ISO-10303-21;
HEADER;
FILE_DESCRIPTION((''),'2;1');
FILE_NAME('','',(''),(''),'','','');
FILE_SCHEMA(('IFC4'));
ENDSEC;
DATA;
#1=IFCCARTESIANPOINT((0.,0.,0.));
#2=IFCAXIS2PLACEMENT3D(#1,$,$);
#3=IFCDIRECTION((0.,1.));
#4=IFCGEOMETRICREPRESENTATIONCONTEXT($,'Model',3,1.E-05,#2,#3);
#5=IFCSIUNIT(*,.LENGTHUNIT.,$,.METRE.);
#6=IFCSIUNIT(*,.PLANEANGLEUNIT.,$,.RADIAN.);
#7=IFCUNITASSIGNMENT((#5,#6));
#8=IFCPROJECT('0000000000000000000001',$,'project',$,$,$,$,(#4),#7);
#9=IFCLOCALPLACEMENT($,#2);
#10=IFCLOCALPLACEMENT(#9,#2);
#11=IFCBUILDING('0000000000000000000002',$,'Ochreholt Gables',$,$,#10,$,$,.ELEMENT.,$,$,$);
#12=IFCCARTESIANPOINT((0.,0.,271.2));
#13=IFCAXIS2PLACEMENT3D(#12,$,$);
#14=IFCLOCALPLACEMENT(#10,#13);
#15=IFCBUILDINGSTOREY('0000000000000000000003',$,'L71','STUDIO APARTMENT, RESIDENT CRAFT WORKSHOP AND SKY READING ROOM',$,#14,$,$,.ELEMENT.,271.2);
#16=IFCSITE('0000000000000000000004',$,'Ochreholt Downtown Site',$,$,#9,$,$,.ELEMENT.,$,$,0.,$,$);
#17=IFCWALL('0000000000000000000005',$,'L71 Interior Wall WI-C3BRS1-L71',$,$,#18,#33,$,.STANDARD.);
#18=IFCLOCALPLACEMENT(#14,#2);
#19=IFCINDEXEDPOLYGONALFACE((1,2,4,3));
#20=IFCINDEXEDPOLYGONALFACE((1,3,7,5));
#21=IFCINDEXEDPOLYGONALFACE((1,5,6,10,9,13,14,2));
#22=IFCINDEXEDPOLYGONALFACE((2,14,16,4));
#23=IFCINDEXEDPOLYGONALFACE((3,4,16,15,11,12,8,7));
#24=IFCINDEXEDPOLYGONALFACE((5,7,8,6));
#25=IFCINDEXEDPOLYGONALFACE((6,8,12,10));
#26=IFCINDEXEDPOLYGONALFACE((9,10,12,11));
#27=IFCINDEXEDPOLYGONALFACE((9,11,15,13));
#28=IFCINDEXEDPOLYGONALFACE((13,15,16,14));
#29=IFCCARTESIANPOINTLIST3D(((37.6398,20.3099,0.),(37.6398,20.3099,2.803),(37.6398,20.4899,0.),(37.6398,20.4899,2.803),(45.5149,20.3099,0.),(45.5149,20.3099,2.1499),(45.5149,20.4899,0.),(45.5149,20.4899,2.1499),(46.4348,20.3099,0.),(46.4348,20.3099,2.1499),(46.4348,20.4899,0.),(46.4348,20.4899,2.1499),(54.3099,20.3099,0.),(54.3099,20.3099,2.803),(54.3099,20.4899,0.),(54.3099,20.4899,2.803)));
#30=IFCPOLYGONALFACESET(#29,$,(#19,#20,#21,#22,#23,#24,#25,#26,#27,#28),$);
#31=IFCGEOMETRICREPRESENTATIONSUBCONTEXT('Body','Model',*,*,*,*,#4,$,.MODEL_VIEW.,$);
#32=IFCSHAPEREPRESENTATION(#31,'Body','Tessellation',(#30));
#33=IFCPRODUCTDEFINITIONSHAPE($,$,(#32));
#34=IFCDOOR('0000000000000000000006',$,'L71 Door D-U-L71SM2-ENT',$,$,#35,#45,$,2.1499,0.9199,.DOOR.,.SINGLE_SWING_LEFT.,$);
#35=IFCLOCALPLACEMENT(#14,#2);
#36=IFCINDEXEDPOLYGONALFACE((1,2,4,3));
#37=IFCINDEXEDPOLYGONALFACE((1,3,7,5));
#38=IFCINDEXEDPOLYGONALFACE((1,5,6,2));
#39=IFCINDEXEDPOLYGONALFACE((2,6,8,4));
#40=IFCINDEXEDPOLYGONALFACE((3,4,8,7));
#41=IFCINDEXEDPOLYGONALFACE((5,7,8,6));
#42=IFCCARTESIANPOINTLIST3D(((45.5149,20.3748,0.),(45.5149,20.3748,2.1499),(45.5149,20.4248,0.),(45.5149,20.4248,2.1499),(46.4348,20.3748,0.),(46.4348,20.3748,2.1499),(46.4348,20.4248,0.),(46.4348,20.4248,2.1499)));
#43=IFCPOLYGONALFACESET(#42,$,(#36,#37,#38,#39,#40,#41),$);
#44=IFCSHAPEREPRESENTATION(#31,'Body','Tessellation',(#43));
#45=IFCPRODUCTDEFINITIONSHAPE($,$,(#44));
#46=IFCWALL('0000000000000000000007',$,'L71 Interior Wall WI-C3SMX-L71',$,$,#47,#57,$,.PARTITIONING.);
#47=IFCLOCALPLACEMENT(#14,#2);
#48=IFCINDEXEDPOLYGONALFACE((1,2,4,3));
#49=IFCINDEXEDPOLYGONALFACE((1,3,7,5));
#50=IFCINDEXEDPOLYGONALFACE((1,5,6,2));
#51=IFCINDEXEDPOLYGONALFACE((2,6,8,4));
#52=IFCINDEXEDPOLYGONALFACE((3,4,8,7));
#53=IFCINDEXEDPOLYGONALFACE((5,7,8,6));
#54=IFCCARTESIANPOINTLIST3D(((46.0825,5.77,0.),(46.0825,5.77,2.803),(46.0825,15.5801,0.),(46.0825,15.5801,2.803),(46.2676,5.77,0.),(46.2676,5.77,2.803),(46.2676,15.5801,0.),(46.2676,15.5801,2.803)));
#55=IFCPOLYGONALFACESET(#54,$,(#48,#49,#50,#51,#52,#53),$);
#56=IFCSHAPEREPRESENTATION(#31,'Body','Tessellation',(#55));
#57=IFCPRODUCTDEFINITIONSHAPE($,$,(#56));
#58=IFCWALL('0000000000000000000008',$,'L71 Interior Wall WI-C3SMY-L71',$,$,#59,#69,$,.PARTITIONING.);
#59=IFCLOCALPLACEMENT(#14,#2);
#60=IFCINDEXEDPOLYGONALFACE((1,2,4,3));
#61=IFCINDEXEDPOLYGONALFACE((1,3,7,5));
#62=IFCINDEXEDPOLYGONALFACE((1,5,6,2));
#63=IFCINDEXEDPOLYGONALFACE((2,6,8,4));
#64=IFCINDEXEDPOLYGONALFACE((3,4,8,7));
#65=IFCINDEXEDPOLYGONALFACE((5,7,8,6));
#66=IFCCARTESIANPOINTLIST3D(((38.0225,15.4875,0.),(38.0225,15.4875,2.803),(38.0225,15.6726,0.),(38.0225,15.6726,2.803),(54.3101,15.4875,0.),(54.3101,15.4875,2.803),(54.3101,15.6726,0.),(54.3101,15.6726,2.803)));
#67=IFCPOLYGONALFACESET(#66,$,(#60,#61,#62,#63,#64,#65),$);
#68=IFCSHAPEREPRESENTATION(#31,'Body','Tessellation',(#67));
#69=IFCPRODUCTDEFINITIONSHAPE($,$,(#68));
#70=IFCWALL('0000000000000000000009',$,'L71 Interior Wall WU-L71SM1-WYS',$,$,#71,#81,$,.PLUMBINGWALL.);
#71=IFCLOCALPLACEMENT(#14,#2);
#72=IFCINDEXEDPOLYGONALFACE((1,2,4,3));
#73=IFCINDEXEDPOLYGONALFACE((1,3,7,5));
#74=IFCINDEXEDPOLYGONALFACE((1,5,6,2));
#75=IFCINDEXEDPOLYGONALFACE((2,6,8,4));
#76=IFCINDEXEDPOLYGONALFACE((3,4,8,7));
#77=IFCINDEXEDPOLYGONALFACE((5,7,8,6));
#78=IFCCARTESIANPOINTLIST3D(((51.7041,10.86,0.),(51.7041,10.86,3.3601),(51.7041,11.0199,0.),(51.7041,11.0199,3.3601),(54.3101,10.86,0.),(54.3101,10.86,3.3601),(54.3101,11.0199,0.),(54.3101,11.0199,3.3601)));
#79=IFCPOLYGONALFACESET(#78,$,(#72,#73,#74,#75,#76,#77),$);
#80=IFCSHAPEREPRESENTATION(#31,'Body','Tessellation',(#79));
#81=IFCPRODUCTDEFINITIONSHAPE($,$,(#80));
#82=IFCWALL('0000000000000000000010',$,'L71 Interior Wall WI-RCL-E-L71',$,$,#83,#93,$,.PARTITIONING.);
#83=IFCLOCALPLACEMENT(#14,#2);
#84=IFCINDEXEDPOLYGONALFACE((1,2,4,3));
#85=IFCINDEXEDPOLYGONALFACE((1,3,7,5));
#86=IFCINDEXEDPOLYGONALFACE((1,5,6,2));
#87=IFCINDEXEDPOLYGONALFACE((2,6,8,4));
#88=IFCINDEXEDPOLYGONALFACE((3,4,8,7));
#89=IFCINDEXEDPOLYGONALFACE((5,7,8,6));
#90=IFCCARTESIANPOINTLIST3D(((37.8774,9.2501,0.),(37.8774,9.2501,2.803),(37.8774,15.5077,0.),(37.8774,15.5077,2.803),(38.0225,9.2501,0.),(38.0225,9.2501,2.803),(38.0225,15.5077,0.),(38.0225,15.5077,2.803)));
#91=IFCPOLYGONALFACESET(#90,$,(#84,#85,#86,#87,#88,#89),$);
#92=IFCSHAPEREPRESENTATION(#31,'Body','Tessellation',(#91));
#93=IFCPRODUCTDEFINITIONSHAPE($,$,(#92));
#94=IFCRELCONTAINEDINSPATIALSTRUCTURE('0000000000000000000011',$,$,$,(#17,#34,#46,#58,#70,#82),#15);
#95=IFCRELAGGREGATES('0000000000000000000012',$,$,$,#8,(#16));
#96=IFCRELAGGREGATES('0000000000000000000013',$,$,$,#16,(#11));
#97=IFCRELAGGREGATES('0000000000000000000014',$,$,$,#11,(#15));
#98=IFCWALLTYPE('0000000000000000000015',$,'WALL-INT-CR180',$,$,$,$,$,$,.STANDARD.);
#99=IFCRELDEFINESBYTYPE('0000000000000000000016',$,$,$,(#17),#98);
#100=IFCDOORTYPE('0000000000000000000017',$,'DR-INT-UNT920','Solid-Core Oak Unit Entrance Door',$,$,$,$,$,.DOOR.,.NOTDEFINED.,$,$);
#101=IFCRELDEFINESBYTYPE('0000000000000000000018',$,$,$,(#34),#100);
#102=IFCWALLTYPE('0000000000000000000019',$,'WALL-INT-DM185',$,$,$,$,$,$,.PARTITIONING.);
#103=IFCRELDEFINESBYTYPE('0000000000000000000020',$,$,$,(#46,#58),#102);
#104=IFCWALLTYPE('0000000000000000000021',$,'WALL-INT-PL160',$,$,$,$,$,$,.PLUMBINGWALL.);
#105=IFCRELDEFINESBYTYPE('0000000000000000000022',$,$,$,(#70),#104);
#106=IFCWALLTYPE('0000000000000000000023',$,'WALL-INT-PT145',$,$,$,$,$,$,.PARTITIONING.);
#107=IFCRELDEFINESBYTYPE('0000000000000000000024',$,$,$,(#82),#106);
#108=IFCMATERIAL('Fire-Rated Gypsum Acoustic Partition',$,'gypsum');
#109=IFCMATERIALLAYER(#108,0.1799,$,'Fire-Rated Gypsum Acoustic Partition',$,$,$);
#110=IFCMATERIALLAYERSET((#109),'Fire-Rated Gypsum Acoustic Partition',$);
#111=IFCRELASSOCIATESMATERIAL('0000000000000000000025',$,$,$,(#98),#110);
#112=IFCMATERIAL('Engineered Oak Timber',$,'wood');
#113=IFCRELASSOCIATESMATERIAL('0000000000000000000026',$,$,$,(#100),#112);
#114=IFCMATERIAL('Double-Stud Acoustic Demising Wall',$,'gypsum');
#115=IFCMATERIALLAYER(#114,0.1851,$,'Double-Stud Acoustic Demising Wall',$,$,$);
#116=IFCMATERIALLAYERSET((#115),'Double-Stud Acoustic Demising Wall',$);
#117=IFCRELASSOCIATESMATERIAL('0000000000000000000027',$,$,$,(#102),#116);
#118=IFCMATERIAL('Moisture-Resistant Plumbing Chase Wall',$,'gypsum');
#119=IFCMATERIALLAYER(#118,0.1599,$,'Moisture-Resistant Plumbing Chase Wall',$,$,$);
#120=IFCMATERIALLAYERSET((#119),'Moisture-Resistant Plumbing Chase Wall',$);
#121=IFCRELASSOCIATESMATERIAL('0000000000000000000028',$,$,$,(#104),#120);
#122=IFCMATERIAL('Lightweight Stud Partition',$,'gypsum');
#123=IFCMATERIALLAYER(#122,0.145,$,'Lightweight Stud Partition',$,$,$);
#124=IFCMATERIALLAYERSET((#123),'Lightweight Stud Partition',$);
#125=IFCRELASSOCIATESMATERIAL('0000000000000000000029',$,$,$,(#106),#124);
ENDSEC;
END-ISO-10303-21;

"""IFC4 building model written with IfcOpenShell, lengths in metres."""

from ifc_helpers import new_model, si_unit, direction, frame, frame_2d, origin, place, context, subcontext, project, spatial, rectangle, extrude, material, layer, layer_set, type_object, element, fill, save


model = new_model("IFC4")

# Units and contexts
model_context = context("Model", 3, precision=1e-05, world=origin(), true_north=direction((0.0, 1.0)))
body_context = subcontext(model_context, "Body", "Model", "MODEL_VIEW")
ifc_project = project(units=[si_unit("LENGTHUNIT", "METRE"), si_unit("PLANEANGLEUNIT", "RADIAN")], contexts=[model_context])

# Site, building, storey
site_placement = place(None, origin())
site = spatial("IfcSite", under=ifc_project, at=site_placement, Name="Ochreholt Downtown Site", CompositionType="ELEMENT", RefElevation=0.0)
building_placement = place(site_placement, origin())
building = spatial("IfcBuilding", under=site, at=building_placement, Name="Ochreholt Gables", CompositionType="ELEMENT")
storey_placement = place(building_placement, frame((0.0, 0.0, 271.2)))
storey = spatial("IfcBuildingStorey", under=building, at=storey_placement, Name="L71", Description="STUDIO APARTMENT, RESIDENT CRAFT WORKSHOP AND SKY READING ROOM", CompositionType="ELEMENT", Elevation=271.2)

# Shared definitions
ifc_material_1 = material(Name="Fire-Rated Gypsum Acoustic Partition", Category="gypsum")
ifc_layer_1 = layer(ifc_material_1, 0.1799, Name="Fire-Rated Gypsum Acoustic Partition")
ifc_layer_set_1 = layer_set([ifc_layer_1], Name="Fire-Rated Gypsum Acoustic Partition")
wall_type_1 = type_object("IfcWallType", Name="WALL-INT-CR180", PredefinedType="STANDARD", material=ifc_layer_set_1)

# Wall, opening, door
wall_1_placement = place(storey_placement, frame((37.6399, 20.3999, 0.0), z_axis=(0.0, 0.0, 1.0), x_axis=(1.0, 0.0, 0.0)))
wall_1 = element("IfcWall", 1, at=wall_1_placement, inside=storey, type_object=wall_type_1, Name="L71 Interior Wall WI-C3BRS1-L71", PredefinedType="STANDARD", context=body_context, shape_type="SweptSolid", body=[
    extrude(rectangle(XDim=16.6702, YDim=0.1799, at=frame_2d((8.335, 0.0))), origin(), (0.0, 0.0, 1.0), 2.803),
])
opening_placement = place(wall_1_placement, frame((7.875, 0.0, 0.0)))
opening = element("IfcOpeningElement", 2, at=opening_placement, cuts=wall_1, PredefinedType="OPENING", context=body_context, shape_type="SweptSolid", body=[
    extrude(rectangle(XDim=0.9199, YDim=2.1499, at=frame_2d((0.46, 1.075))), frame((0.0, 0.0999, 0.0), z_axis=(0.0, -1.0, 0.0), x_axis=(1.0, 0.0, 0.0)), (0.0, 0.0, 1.0), 0.2),
])
ifc_material_2 = material(Name="Engineered Oak Timber", Category="wood")
door_type = type_object("IfcDoorType", Name="DR-INT-UNT920", Description="Solid-Core Oak Unit Entrance Door", OperationType="NOTDEFINED", PredefinedType="DOOR", material=ifc_material_2)
door_placement = place(opening_placement, origin())
door = element("IfcDoor", 3, at=door_placement, inside=storey, type_object=door_type, Name="L71 Door D-U-L71SM2-ENT", OperationType="SINGLE_SWING_LEFT", OverallHeight=2.1499, OverallWidth=0.9199, PredefinedType="DOOR", context=body_context, shape_type="SweptSolid", body=[
    extrude(rectangle(XDim=0.9199, YDim=2.1499, at=frame_2d((0.46, 1.075))), frame((0.0, 0.0249, 0.0), z_axis=(0.0, -1.0, 0.0), x_axis=(1.0, 0.0, 0.0)), (0.0, 0.0, 1.0), 0.05),
])
fill(opening, door)

# Walls
ifc_material_3 = material(Name="Double-Stud Acoustic Demising Wall", Category="gypsum")
ifc_layer_2 = layer(ifc_material_3, 0.1851, Name="Double-Stud Acoustic Demising Wall")
ifc_layer_set_2 = layer_set([ifc_layer_2], Name="Double-Stud Acoustic Demising Wall")
wall_type_2 = type_object("IfcWallType", Name="WALL-INT-DM185", PredefinedType="PARTITIONING", material=ifc_layer_set_2)
wall_2_placement = place(storey_placement, frame((46.175, 5.77, 0.0), z_axis=(0.0, 0.0, 1.0), x_axis=(0.0, 1.0, 0.0)))
element("IfcWall", 4, at=wall_2_placement, inside=storey, type_object=wall_type_2, Name="L71 Interior Wall WI-C3SMX-L71", PredefinedType="PARTITIONING", context=body_context, shape_type="SweptSolid", body=[
    extrude(rectangle(XDim=9.8101, YDim=0.1851, at=frame_2d((4.905, 0.0))), origin(), (0.0, 0.0, 1.0), 2.803),
])
wall_3_placement = place(storey_placement, frame((38.0225, 15.5801, 0.0), z_axis=(0.0, 0.0, 1.0), x_axis=(1.0, 0.0, 0.0)))
element("IfcWall", 5, at=wall_3_placement, inside=storey, type_object=wall_type_2, Name="L71 Interior Wall WI-C3SMY-L71", PredefinedType="PARTITIONING", context=body_context, shape_type="SweptSolid", body=[
    extrude(rectangle(XDim=16.2876, YDim=0.1851, at=frame_2d((8.1438, 0.0))), origin(), (0.0, 0.0, 1.0), 2.803),
])
ifc_material_4 = material(Name="Moisture-Resistant Plumbing Chase Wall", Category="gypsum")
ifc_layer_3 = layer(ifc_material_4, 0.1599, Name="Moisture-Resistant Plumbing Chase Wall")
ifc_layer_set_3 = layer_set([ifc_layer_3], Name="Moisture-Resistant Plumbing Chase Wall")
wall_type_3 = type_object("IfcWallType", Name="WALL-INT-PL160", PredefinedType="PLUMBINGWALL", material=ifc_layer_set_3)
wall_4_placement = place(storey_placement, frame((51.7041, 10.9399, 0.0), z_axis=(0.0, 0.0, 1.0), x_axis=(1.0, 0.0, 0.0)))
element("IfcWall", 6, at=wall_4_placement, inside=storey, type_object=wall_type_3, Name="L71 Interior Wall WU-L71SM1-WYS", PredefinedType="PLUMBINGWALL", context=body_context, shape_type="SweptSolid", body=[
    extrude(rectangle(XDim=2.606, YDim=0.1599, at=frame_2d((1.303, 0.0))), origin(), (0.0, 0.0, 1.0), 3.3601),
])
ifc_material_5 = material(Name="Lightweight Stud Partition", Category="gypsum")
ifc_layer_4 = layer(ifc_material_5, 0.145, Name="Lightweight Stud Partition")
ifc_layer_set_4 = layer_set([ifc_layer_4], Name="Lightweight Stud Partition")
wall_type_4 = type_object("IfcWallType", Name="WALL-INT-PT145", PredefinedType="PARTITIONING", material=ifc_layer_set_4)
wall_5_placement = place(storey_placement, frame((37.95, 9.25, 0.0), z_axis=(0.0, 0.0, 1.0), x_axis=(0.0, 1.0, 0.0)))
element("IfcWall", 7, at=wall_5_placement, inside=storey, type_object=wall_type_4, Name="L71 Interior Wall WI-RCL-E-L71", PredefinedType="PARTITIONING", context=body_context, shape_type="SweptSolid", body=[
    extrude(rectangle(XDim=6.2576, YDim=0.145, at=frame_2d((3.1289, 0.0))), origin(), (0.0, 0.0, 1.0), 2.803),
])

save(model, "model.ifc")
